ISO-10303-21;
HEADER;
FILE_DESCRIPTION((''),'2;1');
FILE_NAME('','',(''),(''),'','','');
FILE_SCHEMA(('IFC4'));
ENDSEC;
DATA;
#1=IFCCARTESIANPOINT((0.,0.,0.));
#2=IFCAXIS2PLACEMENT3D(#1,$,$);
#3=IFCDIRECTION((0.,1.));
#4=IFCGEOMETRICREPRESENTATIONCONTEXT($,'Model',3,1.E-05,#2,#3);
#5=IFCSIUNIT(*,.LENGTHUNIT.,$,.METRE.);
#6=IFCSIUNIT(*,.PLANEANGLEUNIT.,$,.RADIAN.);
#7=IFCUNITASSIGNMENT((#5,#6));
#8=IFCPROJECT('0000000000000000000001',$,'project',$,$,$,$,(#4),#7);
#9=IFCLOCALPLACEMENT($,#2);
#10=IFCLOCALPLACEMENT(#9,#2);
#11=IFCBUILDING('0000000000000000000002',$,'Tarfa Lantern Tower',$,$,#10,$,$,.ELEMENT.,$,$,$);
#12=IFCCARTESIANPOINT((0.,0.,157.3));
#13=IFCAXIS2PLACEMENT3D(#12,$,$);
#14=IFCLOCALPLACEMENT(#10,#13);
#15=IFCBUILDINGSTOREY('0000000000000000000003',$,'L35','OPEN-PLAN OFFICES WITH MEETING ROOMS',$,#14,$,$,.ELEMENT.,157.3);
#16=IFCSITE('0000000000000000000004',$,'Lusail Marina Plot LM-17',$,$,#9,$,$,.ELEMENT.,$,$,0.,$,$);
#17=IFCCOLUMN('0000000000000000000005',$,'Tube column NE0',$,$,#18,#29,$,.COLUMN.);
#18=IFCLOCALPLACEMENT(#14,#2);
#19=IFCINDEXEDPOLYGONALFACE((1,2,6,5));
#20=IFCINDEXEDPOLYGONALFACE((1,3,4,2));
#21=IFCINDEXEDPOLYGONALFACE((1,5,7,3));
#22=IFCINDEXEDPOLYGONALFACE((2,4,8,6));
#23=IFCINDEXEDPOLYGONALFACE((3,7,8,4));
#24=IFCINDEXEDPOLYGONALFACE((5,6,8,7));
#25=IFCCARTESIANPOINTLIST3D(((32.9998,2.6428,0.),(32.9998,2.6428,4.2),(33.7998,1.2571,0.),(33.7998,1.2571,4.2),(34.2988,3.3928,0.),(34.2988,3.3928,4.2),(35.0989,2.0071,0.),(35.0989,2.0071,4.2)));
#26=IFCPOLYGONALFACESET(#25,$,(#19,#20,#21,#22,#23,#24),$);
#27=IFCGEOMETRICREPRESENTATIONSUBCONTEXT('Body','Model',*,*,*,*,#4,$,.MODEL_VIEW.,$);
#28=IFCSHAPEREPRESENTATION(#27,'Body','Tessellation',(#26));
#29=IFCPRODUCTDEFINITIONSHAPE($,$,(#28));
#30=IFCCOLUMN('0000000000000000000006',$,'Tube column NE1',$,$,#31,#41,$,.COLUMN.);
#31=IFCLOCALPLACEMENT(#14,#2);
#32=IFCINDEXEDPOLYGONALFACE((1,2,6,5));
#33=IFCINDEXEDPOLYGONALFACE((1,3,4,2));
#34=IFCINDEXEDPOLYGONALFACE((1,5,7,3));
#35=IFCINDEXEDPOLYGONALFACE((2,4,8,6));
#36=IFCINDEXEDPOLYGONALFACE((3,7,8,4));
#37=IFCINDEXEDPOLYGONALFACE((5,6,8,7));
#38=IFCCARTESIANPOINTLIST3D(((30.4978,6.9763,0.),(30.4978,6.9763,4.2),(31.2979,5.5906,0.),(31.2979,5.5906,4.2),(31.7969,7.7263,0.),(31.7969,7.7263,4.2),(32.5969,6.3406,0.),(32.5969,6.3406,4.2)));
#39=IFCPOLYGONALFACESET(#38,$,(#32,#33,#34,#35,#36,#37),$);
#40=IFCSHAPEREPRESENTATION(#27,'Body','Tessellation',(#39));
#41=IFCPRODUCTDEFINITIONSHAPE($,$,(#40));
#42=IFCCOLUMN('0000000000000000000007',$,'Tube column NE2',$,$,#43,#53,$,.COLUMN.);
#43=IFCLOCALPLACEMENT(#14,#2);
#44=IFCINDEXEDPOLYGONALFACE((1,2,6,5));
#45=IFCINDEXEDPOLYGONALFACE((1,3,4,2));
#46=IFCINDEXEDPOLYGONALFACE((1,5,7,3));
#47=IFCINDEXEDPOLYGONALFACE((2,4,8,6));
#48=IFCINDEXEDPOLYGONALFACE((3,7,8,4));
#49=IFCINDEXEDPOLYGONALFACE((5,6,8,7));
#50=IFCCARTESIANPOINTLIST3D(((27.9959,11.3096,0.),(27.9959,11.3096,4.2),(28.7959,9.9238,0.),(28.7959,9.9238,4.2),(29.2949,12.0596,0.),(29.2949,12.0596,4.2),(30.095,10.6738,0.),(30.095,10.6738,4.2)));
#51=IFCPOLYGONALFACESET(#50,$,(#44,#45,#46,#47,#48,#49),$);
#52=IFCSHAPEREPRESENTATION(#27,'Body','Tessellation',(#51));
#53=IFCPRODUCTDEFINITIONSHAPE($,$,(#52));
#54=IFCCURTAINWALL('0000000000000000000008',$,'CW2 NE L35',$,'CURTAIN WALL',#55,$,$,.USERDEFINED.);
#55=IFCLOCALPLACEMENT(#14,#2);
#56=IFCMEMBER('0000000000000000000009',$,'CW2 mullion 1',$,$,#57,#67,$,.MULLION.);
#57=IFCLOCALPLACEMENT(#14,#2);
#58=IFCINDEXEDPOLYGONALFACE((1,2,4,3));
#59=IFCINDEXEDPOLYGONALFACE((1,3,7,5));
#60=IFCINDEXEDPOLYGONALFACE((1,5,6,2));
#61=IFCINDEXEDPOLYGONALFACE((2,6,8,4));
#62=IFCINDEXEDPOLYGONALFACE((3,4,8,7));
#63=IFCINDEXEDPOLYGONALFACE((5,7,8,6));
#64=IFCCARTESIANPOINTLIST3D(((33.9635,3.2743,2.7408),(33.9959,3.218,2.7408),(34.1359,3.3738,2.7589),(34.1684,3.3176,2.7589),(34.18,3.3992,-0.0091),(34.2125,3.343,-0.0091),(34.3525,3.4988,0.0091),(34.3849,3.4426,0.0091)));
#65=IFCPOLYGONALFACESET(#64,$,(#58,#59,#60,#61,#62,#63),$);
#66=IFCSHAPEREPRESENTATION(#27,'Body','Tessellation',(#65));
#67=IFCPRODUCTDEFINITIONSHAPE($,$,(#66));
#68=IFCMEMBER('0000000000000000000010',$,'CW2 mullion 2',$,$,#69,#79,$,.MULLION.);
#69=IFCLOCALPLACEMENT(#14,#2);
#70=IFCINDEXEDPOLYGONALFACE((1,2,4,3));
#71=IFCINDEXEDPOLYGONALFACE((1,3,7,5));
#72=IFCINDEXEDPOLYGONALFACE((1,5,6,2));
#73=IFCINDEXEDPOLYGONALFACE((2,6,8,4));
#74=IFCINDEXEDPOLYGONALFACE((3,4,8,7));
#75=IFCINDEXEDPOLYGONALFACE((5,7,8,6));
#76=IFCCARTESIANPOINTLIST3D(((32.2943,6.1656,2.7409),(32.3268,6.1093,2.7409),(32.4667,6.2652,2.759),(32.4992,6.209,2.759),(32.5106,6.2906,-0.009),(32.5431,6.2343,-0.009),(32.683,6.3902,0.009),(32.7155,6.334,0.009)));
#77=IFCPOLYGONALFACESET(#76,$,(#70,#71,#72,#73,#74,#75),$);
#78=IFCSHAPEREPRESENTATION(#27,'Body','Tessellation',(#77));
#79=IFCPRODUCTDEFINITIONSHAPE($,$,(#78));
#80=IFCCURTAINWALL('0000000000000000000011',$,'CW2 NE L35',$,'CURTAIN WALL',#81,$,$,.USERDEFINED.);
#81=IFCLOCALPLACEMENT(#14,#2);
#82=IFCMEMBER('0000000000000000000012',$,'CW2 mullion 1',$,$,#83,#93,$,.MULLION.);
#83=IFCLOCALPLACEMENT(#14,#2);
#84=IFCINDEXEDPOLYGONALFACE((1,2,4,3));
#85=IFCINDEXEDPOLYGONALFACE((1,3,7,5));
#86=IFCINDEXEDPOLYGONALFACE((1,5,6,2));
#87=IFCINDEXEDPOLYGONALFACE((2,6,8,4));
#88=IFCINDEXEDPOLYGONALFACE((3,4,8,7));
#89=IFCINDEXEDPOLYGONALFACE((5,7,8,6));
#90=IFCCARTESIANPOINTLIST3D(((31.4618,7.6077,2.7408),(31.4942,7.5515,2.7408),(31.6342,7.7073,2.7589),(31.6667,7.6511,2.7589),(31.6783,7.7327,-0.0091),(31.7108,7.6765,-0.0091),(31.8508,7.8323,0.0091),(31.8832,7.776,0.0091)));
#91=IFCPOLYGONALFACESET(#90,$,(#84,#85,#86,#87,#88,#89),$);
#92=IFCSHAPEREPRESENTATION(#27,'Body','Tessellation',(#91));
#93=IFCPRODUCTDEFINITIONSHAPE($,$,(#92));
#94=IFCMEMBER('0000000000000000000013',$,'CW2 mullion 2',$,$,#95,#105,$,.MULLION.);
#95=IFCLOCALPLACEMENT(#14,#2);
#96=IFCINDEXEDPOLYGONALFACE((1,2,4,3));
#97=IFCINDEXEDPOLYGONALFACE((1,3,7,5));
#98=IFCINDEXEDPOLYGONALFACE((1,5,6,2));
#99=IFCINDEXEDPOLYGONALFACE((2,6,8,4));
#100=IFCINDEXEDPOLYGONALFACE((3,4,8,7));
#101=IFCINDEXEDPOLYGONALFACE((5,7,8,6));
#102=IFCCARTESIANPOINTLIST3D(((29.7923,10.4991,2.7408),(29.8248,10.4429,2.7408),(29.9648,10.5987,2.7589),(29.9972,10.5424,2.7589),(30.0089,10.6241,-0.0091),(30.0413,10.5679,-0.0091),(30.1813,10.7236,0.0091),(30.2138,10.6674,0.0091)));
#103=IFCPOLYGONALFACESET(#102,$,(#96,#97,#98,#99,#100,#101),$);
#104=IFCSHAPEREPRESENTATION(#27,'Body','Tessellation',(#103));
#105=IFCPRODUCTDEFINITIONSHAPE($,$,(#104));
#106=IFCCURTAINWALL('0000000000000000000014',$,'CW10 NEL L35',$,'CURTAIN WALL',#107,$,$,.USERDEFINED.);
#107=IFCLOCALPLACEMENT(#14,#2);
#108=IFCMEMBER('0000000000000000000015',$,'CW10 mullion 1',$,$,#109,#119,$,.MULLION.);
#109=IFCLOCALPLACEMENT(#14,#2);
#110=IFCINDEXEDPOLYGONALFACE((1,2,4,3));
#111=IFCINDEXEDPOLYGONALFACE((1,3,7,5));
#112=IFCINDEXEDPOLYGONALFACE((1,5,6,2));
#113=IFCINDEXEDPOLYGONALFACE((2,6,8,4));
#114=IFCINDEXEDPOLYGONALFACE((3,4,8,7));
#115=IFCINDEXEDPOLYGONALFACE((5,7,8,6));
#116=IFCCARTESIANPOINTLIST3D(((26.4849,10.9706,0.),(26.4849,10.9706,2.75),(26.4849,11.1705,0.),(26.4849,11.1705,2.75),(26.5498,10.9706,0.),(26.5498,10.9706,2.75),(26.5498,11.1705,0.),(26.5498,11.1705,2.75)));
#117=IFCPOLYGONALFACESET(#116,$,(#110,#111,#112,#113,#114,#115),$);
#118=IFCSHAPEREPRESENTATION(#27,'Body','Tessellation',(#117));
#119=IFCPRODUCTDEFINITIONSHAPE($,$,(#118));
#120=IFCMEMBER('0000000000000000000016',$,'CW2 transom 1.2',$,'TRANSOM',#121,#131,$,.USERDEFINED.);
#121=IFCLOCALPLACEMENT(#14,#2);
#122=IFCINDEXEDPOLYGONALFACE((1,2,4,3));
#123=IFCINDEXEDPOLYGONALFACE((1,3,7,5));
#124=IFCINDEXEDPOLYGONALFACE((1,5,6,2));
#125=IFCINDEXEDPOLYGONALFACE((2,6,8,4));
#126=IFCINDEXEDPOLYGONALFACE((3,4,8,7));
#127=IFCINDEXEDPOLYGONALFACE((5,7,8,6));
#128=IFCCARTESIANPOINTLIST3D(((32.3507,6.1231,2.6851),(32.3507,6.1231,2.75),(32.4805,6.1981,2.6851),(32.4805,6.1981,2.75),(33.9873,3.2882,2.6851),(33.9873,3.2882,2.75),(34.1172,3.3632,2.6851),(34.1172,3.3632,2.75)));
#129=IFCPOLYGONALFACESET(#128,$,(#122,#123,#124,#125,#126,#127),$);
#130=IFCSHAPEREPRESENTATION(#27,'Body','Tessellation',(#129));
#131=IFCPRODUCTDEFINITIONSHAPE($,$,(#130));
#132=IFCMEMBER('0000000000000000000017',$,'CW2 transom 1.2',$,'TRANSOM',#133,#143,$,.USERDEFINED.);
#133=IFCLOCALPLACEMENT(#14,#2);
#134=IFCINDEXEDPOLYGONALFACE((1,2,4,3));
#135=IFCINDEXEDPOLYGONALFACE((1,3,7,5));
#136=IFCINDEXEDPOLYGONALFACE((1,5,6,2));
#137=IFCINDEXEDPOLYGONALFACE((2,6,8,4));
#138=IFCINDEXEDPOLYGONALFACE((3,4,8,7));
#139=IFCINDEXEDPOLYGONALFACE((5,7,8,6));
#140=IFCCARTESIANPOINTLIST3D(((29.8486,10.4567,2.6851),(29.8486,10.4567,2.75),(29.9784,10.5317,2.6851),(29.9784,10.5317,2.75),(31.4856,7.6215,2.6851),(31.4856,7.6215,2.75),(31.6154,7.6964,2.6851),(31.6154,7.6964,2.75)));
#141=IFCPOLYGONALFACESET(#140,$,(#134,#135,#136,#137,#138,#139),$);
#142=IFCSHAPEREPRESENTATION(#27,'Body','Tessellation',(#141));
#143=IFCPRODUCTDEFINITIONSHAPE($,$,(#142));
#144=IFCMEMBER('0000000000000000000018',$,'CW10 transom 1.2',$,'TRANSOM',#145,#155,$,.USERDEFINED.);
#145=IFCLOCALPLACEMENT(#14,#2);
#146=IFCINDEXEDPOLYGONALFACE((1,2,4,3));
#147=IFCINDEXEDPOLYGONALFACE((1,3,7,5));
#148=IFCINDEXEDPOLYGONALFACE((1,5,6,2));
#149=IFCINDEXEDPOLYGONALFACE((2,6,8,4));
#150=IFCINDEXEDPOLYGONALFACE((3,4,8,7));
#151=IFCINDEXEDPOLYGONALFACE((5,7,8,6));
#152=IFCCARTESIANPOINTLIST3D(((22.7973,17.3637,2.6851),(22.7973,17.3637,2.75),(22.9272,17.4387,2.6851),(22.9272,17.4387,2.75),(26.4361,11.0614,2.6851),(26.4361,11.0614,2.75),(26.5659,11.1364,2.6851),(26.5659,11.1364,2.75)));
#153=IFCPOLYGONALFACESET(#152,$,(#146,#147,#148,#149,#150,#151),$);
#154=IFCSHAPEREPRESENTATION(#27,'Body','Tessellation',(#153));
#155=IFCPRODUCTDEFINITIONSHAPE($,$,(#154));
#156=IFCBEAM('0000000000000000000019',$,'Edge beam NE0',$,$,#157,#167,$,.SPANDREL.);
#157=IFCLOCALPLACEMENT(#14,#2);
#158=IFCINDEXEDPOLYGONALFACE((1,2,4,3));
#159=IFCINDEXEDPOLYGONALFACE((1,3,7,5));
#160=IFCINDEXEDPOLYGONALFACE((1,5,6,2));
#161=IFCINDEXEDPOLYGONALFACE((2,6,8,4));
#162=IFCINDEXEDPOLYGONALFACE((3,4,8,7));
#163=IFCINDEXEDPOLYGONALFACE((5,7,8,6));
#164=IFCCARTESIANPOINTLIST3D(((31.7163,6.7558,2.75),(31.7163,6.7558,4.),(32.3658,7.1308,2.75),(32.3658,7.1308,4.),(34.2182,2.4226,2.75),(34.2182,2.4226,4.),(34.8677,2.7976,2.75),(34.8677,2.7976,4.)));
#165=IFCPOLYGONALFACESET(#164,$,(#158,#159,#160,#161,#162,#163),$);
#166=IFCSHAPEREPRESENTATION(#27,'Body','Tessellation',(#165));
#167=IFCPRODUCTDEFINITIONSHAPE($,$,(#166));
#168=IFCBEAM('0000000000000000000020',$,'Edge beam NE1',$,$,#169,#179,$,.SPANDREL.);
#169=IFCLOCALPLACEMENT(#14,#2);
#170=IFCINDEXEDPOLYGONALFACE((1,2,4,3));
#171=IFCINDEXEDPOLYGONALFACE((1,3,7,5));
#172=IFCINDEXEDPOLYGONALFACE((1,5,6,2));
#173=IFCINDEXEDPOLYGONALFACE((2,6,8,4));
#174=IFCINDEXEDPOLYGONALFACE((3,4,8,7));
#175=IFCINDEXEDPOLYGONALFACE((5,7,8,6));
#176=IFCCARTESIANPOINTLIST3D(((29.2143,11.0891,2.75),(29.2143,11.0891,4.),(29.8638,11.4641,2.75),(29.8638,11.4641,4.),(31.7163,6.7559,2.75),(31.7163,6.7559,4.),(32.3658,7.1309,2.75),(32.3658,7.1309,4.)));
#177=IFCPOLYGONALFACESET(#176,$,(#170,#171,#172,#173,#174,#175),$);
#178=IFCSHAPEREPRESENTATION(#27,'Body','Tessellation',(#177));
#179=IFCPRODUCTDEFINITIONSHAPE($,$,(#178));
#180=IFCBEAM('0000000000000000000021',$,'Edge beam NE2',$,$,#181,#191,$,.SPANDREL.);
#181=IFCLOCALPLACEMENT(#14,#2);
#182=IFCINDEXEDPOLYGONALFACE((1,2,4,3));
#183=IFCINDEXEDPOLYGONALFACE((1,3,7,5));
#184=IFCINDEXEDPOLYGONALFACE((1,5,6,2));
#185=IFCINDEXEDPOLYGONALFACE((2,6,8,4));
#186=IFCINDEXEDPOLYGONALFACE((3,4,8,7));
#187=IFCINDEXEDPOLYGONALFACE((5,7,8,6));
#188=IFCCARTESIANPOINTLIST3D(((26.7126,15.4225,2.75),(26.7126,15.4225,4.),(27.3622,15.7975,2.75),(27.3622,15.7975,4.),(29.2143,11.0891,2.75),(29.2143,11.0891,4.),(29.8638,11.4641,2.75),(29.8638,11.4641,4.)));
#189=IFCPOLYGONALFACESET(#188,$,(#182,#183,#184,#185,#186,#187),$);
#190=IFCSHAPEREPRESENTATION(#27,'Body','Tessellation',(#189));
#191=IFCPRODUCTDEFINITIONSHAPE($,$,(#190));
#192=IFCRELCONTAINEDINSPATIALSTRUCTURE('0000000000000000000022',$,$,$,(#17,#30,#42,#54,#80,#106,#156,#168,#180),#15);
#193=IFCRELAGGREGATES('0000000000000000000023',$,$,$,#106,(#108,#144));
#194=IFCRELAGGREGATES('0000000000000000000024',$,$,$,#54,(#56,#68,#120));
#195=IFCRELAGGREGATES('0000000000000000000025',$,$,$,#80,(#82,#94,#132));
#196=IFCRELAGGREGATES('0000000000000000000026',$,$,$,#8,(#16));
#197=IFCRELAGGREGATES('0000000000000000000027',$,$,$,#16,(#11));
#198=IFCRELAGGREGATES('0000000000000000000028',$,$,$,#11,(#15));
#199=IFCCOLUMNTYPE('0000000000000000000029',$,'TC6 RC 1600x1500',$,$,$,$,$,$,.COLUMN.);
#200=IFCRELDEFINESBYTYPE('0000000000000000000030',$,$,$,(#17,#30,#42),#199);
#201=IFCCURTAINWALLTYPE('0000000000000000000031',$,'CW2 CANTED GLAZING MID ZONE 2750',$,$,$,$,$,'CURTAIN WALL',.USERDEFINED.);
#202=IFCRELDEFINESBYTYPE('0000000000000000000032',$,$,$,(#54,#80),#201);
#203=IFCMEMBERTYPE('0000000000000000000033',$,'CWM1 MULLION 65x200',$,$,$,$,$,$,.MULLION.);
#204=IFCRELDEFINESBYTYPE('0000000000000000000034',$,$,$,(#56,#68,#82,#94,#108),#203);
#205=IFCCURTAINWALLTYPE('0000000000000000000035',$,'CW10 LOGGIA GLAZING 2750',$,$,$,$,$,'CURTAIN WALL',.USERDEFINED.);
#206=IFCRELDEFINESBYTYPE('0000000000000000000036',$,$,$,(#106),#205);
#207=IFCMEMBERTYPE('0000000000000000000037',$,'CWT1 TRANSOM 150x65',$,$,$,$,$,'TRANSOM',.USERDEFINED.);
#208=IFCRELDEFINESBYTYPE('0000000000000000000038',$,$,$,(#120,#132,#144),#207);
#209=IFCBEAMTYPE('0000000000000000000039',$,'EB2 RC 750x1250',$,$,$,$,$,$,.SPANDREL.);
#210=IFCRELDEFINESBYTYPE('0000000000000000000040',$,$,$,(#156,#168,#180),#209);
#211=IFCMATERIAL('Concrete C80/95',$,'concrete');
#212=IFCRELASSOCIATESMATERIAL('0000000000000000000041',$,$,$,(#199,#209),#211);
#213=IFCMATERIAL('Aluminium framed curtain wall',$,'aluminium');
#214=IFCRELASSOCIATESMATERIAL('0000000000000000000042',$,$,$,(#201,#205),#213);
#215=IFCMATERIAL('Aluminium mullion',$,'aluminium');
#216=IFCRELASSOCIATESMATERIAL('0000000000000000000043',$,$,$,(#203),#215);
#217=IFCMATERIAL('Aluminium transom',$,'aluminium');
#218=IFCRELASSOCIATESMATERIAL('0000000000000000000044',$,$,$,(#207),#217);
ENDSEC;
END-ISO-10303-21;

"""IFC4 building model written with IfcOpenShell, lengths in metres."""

from ifc_helpers import new_model, si_unit, direction, frame, origin, origin_2d, place, context, subcontext, project, spatial, rectangle, extrude, material, material_profile, profile_set, type_object, element, aggregate, save


model = new_model("IFC4")

# Units and contexts
model_context = context("Model", 3, precision=1e-05, world=origin(), true_north=direction((0.0, 1.0)))
body_context = subcontext(model_context, "Body", "Model", "MODEL_VIEW")
ifc_project = project(units=[si_unit("LENGTHUNIT", "METRE"), si_unit("PLANEANGLEUNIT", "RADIAN")], contexts=[model_context])

# Site, building, storey
site_placement = place(None, origin())
site = spatial("IfcSite", under=ifc_project, at=site_placement, Name="Lusail Marina Plot LM-17", CompositionType="ELEMENT", RefElevation=0.0)
building_placement = place(site_placement, origin())
building = spatial("IfcBuilding", under=site, at=building_placement, Name="Tarfa Lantern Tower", CompositionType="ELEMENT")
storey_placement = place(building_placement, frame((0.0, 0.0, 157.3)))
storey = spatial("IfcBuildingStorey", under=building, at=storey_placement, Name="L35", Description="OPEN-PLAN OFFICES WITH MEETING ROOMS", CompositionType="ELEMENT", Elevation=157.3)

# Columns
ifc_material_1 = material(Name="Concrete C80/95", Category="concrete")
ifc_material_profile_1 = material_profile(ifc_material_1, rectangle(XDim=1.6001, YDim=1.5, at=origin_2d()), Name="RC 1600x1500")
ifc_profile_set_1 = profile_set([ifc_material_profile_1], Name="Concrete C80/95")
column_type = type_object("IfcColumnType", Name="TC6 RC 1600x1500", PredefinedType="COLUMN", material=ifc_profile_set_1)
for number, where, z_axis, x_axis, name in (
    (1, (34.0493, 2.325, 0.0), (0.0, 0.0, 1.0), (-0.5, 0.866025, 0.0), "Tube column NE0"),
    (2, (31.5474, 6.6584, 0.0), (0.0, 0.0, 1.0), (-0.5, 0.866025, 0.0), "Tube column NE1"),
    (3, (29.0454, 10.9917, 0.0), (0.0, 0.0, 1.0), (-0.5, 0.866025, 0.0), "Tube column NE2"),
):
    element("IfcColumn", number, at=place(storey_placement, frame(where, z_axis=z_axis, x_axis=x_axis)), inside=storey, type_object=column_type, Name=name, PredefinedType="COLUMN", context=body_context, shape_type="SweptSolid", body=[
        extrude(rectangle(XDim=1.6001, YDim=1.5, at=origin_2d()), origin(), (0.0, 0.0, 1.0), 4.2),
    ])

# Curtain walls, members
ifc_material_2 = material(Name="Aluminium framed curtain wall", Category="aluminium")
curtain_wall_type_1 = type_object("IfcCurtainWallType", Name="CW2 CANTED GLAZING MID ZONE 2750", ElementType="CURTAIN WALL", PredefinedType="USERDEFINED", material=ifc_material_2)
curtain_wall_1_placement = place(storey_placement, origin())
curtain_wall_1 = element("IfcCurtainWall", 4, at=curtain_wall_1_placement, inside=storey, type_object=curtain_wall_type_1, Name="CW2 NE L35", ObjectType="CURTAIN WALL", PredefinedType="USERDEFINED")
ifc_material_3 = material(Name="Aluminium mullion", Category="aluminium")
ifc_material_profile_2 = material_profile(ifc_material_3, rectangle(XDim=0.0649, YDim=0.2, at=origin_2d()), Name="AL MULLION 65x200")
ifc_profile_set_2 = profile_set([ifc_material_profile_2], Name="Aluminium mullion")
member_type_1 = type_object("IfcMemberType", Name="CWM1 MULLION 65x200", PredefinedType="MULLION", material=ifc_profile_set_2)
member_1_placement = place(storey_placement, frame((34.2825, 3.4209, 0.0), z_axis=(-0.078423, -0.045268, 0.995892), x_axis=(0.49992, -0.866072, 0.0)))
member_1 = element("IfcMember", 5, at=member_1_placement, type_object=member_type_1, Name="CW2 mullion 1", PredefinedType="MULLION", context=body_context, shape_type="SweptSolid", body=[
    extrude(rectangle(XDim=0.0649, YDim=0.2, at=origin_2d()), origin(), (0.0, 0.0, 1.0), 2.7612),
])
member_2_placement = place(storey_placement, frame((32.613, 6.3123, 0.0), z_axis=(-0.078335, -0.045268, 0.995899), x_axis=(0.500343, -0.865827, 0.0)))
member_2 = element("IfcMember", 6, at=member_2_placement, type_object=member_type_1, Name="CW2 mullion 2", PredefinedType="MULLION", context=body_context, shape_type="SweptSolid", body=[
    extrude(rectangle(XDim=0.0649, YDim=0.2, at=origin_2d()), origin(), (0.0, 0.0, 1.0), 2.7612),
])
curtain_wall_2_placement = place(storey_placement, origin())
curtain_wall_2 = element("IfcCurtainWall", 7, at=curtain_wall_2_placement, inside=storey, type_object=curtain_wall_type_1, Name="CW2 NE L35", ObjectType="CURTAIN WALL", PredefinedType="USERDEFINED")
member_3_placement = place(storey_placement, frame((31.7808, 7.7544, 0.0), z_axis=(-0.078423, -0.045268, 0.995892), x_axis=(0.49992, -0.866072, 0.0)))
member_3 = element("IfcMember", 8, at=member_3_placement, type_object=member_type_1, Name="CW2 mullion 1", PredefinedType="MULLION", context=body_context, shape_type="SweptSolid", body=[
    extrude(rectangle(XDim=0.0649, YDim=0.2, at=origin_2d()), origin(), (0.0, 0.0, 1.0), 2.7612),
])
member_4_placement = place(storey_placement, frame((30.1113, 10.6458, 0.0), z_axis=(-0.078423, -0.045268, 0.995892), x_axis=(0.49992, -0.866072, 0.0)))
member_4 = element("IfcMember", 9, at=member_4_placement, type_object=member_type_1, Name="CW2 mullion 2", PredefinedType="MULLION", context=body_context, shape_type="SweptSolid", body=[
    extrude(rectangle(XDim=0.0649, YDim=0.2, at=origin_2d()), origin(), (0.0, 0.0, 1.0), 2.7612),
])

# Curtain wall, member
curtain_wall_type_2 = type_object("IfcCurtainWallType", Name="CW10 LOGGIA GLAZING 2750", ElementType="CURTAIN WALL", PredefinedType="USERDEFINED", material=ifc_material_2)
curtain_wall_3_placement = place(storey_placement, origin())
curtain_wall_3 = element("IfcCurtainWall", 10, at=curtain_wall_3_placement, inside=storey, type_object=curtain_wall_type_2, Name="CW10 NEL L35", ObjectType="CURTAIN WALL", PredefinedType="USERDEFINED")
member_5_placement = place(storey_placement, frame((26.5173, 11.0706, 0.0), z_axis=(0.0, 0.0, 1.0), x_axis=(1.0, 0.0, 0.0)))
member_5 = element("IfcMember", 11, at=member_5_placement, type_object=member_type_1, Name="CW10 mullion 1", PredefinedType="MULLION", context=body_context, shape_type="SweptSolid", body=[
    extrude(rectangle(XDim=0.0649, YDim=0.2, at=origin_2d()), origin(), (0.0, 0.0, 1.0), 2.75),
])

# Members
ifc_material_4 = material(Name="Aluminium transom", Category="aluminium")
ifc_material_profile_3 = material_profile(ifc_material_4, rectangle(XDim=0.1499, YDim=0.0649, at=origin_2d()), Name="AL TRANSOM 150x65")
ifc_profile_set_3 = profile_set([ifc_material_profile_3], Name="Aluminium transom")
member_type_2 = type_object("IfcMemberType", Name="CWT1 TRANSOM 150x65", ElementType="TRANSOM", PredefinedType="USERDEFINED", material=ifc_profile_set_3)
member_6_placement = place(storey_placement, frame((34.0522, 3.3257, 2.7175), z_axis=(-0.499989, 0.866032, 0.0), x_axis=(-0.866032, -0.499989, 0.0)))
member_6 = element("IfcMember", 12, at=member_6_placement, type_object=member_type_2, Name="CW2 transom 1.2", ObjectType="TRANSOM", PredefinedType="USERDEFINED", context=body_context, shape_type="SweptSolid", body=[
    extrude(rectangle(XDim=0.1499, YDim=0.0649, at=origin_2d()), origin(), (0.0, 0.0, 1.0), 3.2734),
])
member_7_placement = place(storey_placement, frame((31.5505, 7.6589, 2.7175), z_axis=(-0.500013, 0.866018, 0.0), x_axis=(-0.866018, -0.500013, 0.0)))
member_7 = element("IfcMember", 13, at=member_7_placement, type_object=member_type_2, Name="CW2 transom 1.2", ObjectType="TRANSOM", PredefinedType="USERDEFINED", context=body_context, shape_type="SweptSolid", body=[
    extrude(rectangle(XDim=0.1499, YDim=0.0649, at=origin_2d()), origin(), (0.0, 0.0, 1.0), 3.2739),
])
member_8_placement = place(storey_placement, frame((26.501, 11.0989, 2.7175), z_axis=(-0.500007, 0.866021, 0.0), x_axis=(-0.866021, -0.500007, 0.0)))
member_8 = element("IfcMember", 14, at=member_8_placement, type_object=member_type_2, Name="CW10 transom 1.2", ObjectType="TRANSOM", PredefinedType="USERDEFINED", context=body_context, shape_type="SweptSolid", body=[
    extrude(rectangle(XDim=0.1499, YDim=0.0649, at=origin_2d()), origin(), (0.0, 0.0, 1.0), 7.2773),
])
aggregate(curtain_wall_3, [member_5, member_8])

# Beams
ifc_material_profile_4 = material_profile(ifc_material_1, rectangle(XDim=0.75, YDim=1.25, at=origin_2d()), Name="RC 750x1250")
ifc_profile_set_4 = profile_set([ifc_material_profile_4], Name="Concrete C80/95")
beam_type_1 = type_object("IfcBeamType", Name="EB2 RC 750x1250", PredefinedType="SPANDREL", material=ifc_profile_set_4)
for number, where, z_axis, x_axis, name in (
    (15, (34.543, 2.6101, 3.375), (-0.500022, 0.866013, 0.0), (-0.866013, -0.500022, 0.0), "Edge beam NE0"),
    (16, (32.041, 6.9434, 3.375), (-0.500022, 0.866013, 0.0), (-0.866013, -0.500022, 0.0), "Edge beam NE1"),
    (17, (29.5391, 11.2766, 3.375), (-0.499965, 0.866046, 0.0), (-0.866046, -0.499965, 0.0), "Edge beam NE2"),
):
    element("IfcBeam", number, at=place(storey_placement, frame(where, z_axis=z_axis, x_axis=x_axis)), inside=storey, type_object=beam_type_1, Name=name, PredefinedType="SPANDREL", context=body_context, shape_type="SweptSolid", body=[
        extrude(rectangle(XDim=0.75, YDim=1.25, at=origin_2d()), origin(), (0.0, 0.0, 1.0), 5.0037),
    ])

aggregate(curtain_wall_1, [member_1, member_2, member_6])
aggregate(curtain_wall_2, [member_3, member_4, member_7])

save(model, "model.ifc")
